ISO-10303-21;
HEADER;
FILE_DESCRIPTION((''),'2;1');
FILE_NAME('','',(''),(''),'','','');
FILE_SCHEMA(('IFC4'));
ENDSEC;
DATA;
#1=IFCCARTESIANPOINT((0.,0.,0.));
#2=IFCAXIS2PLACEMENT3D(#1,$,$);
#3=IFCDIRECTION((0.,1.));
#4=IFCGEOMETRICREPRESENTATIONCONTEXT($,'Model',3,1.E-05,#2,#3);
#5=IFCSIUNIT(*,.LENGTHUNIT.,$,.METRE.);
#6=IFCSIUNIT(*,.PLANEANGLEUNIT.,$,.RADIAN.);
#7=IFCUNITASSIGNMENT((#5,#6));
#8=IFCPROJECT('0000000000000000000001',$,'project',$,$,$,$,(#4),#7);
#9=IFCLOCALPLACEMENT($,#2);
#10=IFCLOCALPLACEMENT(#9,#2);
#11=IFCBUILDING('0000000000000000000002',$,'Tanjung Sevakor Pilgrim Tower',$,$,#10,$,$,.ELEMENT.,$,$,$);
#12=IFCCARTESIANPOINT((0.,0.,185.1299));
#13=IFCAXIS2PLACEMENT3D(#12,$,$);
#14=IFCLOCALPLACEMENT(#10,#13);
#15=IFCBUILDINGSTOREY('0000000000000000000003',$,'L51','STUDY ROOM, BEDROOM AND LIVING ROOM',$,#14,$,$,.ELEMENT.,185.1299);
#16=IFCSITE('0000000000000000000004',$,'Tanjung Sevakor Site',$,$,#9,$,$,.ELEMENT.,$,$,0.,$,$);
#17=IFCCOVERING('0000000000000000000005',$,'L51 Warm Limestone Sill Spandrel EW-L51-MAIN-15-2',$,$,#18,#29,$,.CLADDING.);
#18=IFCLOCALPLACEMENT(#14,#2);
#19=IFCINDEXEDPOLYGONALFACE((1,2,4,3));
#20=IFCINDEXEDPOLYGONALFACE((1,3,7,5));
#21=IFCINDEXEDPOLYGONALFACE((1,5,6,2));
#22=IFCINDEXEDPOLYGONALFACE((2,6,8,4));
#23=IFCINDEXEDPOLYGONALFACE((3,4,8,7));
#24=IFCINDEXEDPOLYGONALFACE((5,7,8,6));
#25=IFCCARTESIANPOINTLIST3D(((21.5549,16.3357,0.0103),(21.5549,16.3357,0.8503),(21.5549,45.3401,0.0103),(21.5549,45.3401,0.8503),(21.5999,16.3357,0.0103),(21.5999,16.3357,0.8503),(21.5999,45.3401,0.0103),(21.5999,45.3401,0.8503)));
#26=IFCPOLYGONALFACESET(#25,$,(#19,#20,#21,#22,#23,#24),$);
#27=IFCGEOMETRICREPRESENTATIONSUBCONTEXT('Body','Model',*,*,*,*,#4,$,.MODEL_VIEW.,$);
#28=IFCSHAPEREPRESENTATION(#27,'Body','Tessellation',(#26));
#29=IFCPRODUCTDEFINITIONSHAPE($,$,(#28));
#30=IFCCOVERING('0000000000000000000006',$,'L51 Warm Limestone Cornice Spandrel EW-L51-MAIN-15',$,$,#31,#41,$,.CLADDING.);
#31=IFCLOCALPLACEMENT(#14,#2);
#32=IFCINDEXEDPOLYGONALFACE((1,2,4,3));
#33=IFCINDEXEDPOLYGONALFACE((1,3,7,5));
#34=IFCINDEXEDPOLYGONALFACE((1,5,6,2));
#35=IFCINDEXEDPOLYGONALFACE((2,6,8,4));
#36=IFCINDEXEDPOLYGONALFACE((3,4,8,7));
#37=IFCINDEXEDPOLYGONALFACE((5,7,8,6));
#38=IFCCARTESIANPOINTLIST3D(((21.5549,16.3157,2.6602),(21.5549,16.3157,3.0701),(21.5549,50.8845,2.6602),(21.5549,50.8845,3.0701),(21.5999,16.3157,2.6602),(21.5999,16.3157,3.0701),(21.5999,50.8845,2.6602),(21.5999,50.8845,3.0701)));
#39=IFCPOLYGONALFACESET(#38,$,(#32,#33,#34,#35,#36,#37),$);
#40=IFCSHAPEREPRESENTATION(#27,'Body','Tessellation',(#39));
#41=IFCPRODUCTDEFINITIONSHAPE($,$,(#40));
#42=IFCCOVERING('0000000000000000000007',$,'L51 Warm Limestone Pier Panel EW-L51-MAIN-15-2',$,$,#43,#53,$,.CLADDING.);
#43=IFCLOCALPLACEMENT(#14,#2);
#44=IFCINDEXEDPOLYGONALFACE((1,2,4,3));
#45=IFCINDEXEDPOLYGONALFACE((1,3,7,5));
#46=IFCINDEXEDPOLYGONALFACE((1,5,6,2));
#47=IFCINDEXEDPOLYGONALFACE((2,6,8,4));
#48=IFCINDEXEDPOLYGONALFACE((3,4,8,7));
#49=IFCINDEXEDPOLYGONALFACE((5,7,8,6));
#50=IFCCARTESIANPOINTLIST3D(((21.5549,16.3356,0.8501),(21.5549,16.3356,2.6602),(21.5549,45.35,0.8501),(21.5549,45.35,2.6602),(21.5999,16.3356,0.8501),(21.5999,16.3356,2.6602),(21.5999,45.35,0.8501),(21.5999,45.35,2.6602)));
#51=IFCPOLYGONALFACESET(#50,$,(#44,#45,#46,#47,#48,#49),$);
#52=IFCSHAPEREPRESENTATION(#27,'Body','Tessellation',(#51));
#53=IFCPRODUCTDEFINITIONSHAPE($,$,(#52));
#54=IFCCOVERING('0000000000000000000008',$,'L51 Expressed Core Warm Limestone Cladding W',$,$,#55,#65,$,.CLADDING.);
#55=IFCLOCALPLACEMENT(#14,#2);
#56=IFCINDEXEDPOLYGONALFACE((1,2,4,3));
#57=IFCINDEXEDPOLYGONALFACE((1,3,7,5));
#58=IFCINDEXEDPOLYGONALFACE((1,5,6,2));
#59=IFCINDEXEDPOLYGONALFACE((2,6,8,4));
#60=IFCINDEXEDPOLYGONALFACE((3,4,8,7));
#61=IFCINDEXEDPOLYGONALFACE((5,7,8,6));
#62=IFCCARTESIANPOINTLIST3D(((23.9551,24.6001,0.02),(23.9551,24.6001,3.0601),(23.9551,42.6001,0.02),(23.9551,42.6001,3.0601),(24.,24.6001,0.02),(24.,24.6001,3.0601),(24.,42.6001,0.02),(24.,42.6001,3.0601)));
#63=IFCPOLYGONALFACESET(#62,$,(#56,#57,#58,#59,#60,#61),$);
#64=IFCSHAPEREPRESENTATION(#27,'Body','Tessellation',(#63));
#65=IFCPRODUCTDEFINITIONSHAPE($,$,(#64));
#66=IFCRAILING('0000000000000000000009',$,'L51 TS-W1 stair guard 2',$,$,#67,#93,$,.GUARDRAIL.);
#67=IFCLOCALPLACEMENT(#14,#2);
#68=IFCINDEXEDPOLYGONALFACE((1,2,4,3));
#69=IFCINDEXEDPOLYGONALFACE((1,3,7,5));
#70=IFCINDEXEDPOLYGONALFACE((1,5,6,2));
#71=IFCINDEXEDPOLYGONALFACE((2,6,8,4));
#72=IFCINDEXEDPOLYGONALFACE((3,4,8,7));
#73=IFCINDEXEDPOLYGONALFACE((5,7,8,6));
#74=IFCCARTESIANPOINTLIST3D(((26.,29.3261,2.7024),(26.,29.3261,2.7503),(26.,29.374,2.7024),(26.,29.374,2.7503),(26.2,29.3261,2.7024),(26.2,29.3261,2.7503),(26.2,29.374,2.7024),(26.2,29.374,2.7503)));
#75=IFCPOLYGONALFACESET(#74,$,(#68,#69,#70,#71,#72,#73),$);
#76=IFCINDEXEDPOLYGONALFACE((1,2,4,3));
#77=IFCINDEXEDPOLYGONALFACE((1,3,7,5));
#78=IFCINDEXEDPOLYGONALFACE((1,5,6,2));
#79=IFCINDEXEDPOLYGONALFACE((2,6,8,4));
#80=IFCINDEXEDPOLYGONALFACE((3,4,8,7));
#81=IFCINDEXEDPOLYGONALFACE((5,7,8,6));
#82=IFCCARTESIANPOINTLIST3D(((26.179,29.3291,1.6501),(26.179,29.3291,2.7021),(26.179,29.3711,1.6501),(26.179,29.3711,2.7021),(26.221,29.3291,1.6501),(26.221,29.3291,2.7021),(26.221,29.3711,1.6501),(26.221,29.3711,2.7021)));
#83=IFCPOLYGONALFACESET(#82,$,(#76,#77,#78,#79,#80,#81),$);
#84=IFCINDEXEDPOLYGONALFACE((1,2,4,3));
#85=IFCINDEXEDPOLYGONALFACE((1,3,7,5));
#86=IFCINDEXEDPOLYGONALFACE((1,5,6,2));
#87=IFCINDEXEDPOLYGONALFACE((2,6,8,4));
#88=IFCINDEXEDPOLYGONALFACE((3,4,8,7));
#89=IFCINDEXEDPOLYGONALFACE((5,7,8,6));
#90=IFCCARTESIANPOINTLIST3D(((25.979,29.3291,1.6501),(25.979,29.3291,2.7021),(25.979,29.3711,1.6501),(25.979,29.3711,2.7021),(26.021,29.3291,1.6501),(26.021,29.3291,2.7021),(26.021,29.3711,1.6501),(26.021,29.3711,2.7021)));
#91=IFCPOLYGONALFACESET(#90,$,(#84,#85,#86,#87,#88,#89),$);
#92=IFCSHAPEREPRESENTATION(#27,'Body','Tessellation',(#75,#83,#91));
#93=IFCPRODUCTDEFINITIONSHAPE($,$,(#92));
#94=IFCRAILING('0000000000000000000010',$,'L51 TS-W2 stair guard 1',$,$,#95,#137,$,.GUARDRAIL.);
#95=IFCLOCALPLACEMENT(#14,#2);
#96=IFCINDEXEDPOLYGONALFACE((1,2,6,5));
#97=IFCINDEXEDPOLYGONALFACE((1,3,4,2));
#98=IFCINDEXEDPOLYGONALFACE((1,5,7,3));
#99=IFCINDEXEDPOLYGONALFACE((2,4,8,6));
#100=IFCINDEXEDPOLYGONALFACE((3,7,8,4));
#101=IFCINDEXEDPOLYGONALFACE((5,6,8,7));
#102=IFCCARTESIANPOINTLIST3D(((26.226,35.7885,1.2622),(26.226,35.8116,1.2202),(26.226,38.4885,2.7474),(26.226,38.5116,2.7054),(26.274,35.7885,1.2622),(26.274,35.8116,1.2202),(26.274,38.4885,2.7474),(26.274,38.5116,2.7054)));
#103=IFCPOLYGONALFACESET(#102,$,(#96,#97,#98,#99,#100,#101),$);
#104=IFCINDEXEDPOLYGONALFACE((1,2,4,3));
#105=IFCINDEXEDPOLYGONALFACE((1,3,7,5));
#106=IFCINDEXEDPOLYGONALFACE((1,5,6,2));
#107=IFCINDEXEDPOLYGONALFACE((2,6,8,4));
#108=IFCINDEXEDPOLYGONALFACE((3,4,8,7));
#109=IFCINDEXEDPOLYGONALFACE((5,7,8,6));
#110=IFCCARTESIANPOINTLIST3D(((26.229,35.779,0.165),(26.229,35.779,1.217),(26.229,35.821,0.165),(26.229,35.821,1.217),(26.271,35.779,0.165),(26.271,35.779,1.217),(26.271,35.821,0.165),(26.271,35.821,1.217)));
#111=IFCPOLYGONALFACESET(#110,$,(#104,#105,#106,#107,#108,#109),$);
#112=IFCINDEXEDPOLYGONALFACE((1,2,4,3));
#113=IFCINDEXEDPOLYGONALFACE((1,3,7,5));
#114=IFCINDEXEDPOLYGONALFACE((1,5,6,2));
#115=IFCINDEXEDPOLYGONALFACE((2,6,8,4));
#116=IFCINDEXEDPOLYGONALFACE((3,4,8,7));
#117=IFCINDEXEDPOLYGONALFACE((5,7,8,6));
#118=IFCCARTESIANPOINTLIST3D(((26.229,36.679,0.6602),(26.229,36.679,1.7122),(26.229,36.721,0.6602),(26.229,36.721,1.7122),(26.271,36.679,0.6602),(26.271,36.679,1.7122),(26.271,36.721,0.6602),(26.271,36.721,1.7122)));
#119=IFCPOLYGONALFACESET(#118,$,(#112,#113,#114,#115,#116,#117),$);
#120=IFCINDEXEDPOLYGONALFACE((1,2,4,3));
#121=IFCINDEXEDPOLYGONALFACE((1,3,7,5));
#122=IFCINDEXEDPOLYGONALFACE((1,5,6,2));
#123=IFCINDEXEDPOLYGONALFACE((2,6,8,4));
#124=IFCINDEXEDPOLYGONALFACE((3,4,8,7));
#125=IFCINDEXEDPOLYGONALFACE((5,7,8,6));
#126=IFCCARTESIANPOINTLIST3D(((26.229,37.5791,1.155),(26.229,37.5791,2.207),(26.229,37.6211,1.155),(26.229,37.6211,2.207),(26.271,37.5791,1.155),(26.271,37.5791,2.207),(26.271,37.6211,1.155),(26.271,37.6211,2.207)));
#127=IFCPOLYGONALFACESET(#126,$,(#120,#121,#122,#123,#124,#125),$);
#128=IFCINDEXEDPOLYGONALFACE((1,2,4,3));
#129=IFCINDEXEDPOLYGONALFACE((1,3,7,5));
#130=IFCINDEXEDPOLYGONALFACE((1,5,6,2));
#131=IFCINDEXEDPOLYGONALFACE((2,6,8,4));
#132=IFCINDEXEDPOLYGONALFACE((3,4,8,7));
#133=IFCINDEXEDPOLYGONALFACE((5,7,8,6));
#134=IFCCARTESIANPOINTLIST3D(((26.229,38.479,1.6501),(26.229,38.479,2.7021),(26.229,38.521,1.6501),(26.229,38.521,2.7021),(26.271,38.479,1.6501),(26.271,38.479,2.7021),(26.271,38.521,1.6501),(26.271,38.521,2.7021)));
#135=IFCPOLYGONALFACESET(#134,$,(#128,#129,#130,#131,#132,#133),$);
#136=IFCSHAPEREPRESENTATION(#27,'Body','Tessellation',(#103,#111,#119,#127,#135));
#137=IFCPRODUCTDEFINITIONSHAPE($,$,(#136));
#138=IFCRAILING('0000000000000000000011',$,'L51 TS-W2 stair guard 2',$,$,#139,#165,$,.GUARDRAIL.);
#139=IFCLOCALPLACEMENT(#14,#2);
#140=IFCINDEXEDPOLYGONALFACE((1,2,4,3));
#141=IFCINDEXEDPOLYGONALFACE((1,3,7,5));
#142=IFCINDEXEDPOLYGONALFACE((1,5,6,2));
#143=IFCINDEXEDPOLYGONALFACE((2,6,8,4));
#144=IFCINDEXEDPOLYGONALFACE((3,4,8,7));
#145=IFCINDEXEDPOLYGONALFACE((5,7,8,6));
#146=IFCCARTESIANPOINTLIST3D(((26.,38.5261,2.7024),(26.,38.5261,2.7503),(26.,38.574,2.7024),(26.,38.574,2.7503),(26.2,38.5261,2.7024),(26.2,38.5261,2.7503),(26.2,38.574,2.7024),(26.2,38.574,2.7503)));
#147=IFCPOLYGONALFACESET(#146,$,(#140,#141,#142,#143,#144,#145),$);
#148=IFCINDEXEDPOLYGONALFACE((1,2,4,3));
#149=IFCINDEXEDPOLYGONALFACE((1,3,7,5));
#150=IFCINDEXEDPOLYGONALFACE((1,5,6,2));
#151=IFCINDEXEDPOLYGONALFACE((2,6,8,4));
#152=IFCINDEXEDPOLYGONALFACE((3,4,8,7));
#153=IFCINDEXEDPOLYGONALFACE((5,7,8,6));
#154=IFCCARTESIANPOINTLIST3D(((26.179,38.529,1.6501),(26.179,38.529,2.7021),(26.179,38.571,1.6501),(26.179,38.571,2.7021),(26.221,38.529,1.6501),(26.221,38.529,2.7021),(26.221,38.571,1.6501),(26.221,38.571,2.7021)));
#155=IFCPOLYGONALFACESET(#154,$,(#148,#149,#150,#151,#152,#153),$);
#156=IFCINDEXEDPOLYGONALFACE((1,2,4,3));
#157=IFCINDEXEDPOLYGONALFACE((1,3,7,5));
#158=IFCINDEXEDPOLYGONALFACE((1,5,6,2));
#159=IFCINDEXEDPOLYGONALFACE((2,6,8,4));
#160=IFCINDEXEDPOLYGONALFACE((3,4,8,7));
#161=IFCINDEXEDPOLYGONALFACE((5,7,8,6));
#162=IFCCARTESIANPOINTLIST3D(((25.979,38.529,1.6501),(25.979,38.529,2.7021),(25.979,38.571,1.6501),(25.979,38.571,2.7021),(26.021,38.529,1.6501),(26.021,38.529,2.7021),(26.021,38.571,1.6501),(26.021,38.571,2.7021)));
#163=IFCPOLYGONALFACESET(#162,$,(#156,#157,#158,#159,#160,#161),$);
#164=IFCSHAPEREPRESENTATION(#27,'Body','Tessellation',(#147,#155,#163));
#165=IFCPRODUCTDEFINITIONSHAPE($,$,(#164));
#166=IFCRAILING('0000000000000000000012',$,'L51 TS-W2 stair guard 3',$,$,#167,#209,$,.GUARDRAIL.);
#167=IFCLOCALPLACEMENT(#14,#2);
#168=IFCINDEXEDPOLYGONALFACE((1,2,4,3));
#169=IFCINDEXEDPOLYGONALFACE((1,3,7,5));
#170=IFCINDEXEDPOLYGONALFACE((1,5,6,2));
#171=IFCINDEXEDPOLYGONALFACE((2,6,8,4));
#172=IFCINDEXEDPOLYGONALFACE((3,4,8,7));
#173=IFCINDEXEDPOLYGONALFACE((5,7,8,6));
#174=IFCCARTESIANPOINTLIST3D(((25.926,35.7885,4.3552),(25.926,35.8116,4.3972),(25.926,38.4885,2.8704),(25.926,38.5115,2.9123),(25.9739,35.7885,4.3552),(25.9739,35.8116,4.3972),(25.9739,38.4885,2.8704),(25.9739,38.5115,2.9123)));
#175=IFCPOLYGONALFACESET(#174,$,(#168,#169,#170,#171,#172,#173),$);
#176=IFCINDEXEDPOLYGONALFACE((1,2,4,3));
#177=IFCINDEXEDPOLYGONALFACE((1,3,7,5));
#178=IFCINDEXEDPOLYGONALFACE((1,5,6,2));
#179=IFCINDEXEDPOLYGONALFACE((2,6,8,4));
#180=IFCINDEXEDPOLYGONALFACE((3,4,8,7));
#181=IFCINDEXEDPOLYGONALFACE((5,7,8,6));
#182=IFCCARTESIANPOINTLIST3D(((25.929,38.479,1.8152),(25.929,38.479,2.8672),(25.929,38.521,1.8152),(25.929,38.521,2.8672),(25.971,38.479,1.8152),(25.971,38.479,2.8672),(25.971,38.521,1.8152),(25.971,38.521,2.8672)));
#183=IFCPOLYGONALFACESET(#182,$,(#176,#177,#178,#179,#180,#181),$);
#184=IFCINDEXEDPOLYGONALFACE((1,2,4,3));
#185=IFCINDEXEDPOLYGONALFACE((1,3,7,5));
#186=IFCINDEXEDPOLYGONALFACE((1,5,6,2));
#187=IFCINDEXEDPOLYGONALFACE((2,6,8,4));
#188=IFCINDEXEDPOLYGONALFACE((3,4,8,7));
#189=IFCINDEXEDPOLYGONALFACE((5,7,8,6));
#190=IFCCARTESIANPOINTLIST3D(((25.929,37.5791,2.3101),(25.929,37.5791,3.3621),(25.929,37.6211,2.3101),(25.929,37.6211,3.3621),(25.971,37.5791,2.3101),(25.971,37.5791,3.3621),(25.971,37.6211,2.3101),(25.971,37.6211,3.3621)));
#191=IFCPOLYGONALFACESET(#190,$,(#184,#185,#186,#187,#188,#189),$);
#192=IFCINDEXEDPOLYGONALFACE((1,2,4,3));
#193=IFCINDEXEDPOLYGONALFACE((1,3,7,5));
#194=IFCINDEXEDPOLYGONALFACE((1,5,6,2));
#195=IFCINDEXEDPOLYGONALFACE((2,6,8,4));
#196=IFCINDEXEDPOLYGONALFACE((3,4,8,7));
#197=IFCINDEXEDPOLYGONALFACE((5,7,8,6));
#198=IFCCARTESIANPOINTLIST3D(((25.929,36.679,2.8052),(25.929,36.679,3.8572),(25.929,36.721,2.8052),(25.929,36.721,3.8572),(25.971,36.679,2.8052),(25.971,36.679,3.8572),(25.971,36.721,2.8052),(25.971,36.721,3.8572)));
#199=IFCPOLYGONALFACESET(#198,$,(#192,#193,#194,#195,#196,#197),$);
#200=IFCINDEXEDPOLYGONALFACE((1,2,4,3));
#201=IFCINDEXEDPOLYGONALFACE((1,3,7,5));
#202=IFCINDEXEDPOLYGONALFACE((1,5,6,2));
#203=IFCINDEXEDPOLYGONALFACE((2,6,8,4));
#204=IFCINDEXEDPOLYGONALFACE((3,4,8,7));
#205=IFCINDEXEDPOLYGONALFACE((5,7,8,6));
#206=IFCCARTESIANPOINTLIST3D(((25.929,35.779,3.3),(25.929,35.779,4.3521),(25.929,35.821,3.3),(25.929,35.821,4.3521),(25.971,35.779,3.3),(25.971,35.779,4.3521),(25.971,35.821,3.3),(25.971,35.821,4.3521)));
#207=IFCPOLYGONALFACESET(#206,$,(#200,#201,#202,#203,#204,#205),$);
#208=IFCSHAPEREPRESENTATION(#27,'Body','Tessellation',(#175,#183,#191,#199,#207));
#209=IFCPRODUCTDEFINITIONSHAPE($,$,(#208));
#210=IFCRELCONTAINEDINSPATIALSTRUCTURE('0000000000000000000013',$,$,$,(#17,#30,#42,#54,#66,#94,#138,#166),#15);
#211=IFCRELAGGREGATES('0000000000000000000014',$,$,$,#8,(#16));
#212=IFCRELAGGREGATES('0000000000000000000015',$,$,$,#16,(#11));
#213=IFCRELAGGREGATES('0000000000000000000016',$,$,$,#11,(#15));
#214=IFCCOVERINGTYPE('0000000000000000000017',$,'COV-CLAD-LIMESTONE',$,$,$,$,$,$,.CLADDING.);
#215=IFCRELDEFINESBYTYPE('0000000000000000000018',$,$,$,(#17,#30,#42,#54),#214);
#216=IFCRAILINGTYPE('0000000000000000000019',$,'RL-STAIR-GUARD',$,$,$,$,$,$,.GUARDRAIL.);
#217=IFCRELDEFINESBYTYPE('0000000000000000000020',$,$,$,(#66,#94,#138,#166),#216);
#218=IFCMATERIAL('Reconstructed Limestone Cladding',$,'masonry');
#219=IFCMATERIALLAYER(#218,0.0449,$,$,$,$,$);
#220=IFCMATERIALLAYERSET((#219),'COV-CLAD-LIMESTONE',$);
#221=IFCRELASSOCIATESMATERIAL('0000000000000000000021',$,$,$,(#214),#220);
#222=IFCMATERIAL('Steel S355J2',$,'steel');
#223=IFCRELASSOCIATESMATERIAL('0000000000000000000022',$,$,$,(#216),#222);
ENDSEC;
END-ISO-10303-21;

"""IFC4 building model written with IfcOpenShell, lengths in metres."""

from ifc_helpers import new_model, si_unit, direction, frame, origin, origin_2d, place, context, subcontext, project, spatial, rectangle, extrude, material, layer, layer_set, type_object, element, save


model = new_model("IFC4")

# Units and contexts
model_context = context("Model", 3, precision=1e-05, world=origin(), true_north=direction((0.0, 1.0)))
body_context = subcontext(model_context, "Body", "Model", "MODEL_VIEW")
ifc_project = project(units=[si_unit("LENGTHUNIT", "METRE"), si_unit("PLANEANGLEUNIT", "RADIAN")], contexts=[model_context])

# Site, building, storey
site_placement = place(None, origin())
site = spatial("IfcSite", under=ifc_project, at=site_placement, Name="Tanjung Sevakor Site", CompositionType="ELEMENT", RefElevation=0.0)
building_placement = place(site_placement, origin())
building = spatial("IfcBuilding", under=site, at=building_placement, Name="Tanjung Sevakor Pilgrim Tower", CompositionType="ELEMENT")
storey_placement = place(building_placement, frame((0.0, 0.0, 185.1299)))
storey = spatial("IfcBuildingStorey", under=building, at=storey_placement, Name="L51", Description="STUDY ROOM, BEDROOM AND LIVING ROOM", CompositionType="ELEMENT", Elevation=185.1299)

# Coverings
ifc_material_1 = material(Name="Reconstructed Limestone Cladding", Category="masonry")
ifc_layer_1 = layer(ifc_material_1, 0.0449)
ifc_layer_set_1 = layer_set([ifc_layer_1], Name="COV-CLAD-LIMESTONE")
covering_type = type_object("IfcCoveringType", Name="COV-CLAD-LIMESTONE", PredefinedType="CLADDING", material=ifc_layer_set_1)
covering_1_placement = place(storey_placement, frame((21.5774, 30.8379, 0.0103), z_axis=(0.0, 0.0, 1.0), x_axis=(0.0, -1.0, 0.0)))
element("IfcCovering", 1, at=covering_1_placement, inside=storey, type_object=covering_type, Name="L51 Warm Limestone Sill Spandrel EW-L51-MAIN-15-2", PredefinedType="CLADDING", context=body_context, shape_type="SweptSolid", body=[
    extrude(rectangle(XDim=29.0044, YDim=0.0449, at=origin_2d()), origin(), (0.0, 0.0, 1.0), 0.8401),
])
covering_2_placement = place(storey_placement, frame((21.5774, 33.6001, 2.6602), z_axis=(0.0, 0.0, 1.0), x_axis=(0.0, -1.0, 0.0)))
element("IfcCovering", 2, at=covering_2_placement, inside=storey, type_object=covering_type, Name="L51 Warm Limestone Cornice Spandrel EW-L51-MAIN-15", PredefinedType="CLADDING", context=body_context, shape_type="SweptSolid", body=[
    extrude(rectangle(XDim=34.5688, YDim=0.0449, at=origin_2d()), origin(), (0.0, 0.0, 1.0), 0.4099),
])
covering_3_placement = place(storey_placement, frame((21.5774, 30.8428, 0.8501), z_axis=(0.0, 0.0, 1.0), x_axis=(0.0, -1.0, 0.0)))
element("IfcCovering", 3, at=covering_3_placement, inside=storey, type_object=covering_type, Name="L51 Warm Limestone Pier Panel EW-L51-MAIN-15-2", PredefinedType="CLADDING", context=body_context, shape_type="SweptSolid", body=[
    extrude(rectangle(XDim=29.0144, YDim=0.0449, at=origin_2d()), origin(), (0.0, 0.0, 1.0), 1.8101),
])
covering_4_placement = place(storey_placement, frame((23.9775, 33.6001, 0.02), z_axis=(0.0, 0.0, 1.0), x_axis=(1.0, 0.0, 0.0)))
element("IfcCovering", 4, at=covering_4_placement, inside=storey, type_object=covering_type, Name="L51 Expressed Core Warm Limestone Cladding W", PredefinedType="CLADDING", context=body_context, shape_type="SweptSolid", body=[
    extrude(rectangle(XDim=0.0449, YDim=18.0, at=origin_2d()), origin(), (0.0, 0.0, 1.0), 3.04),
])

# Railings
ifc_material_2 = material(Name="Steel S355J2", Category="steel")
railing_type_1 = type_object("IfcRailingType", Name="RL-STAIR-GUARD", PredefinedType="GUARDRAIL", material=ifc_material_2)
railing_1_placement = place(storey_placement, frame((26.2, 29.3501, 1.6501)))
element("IfcRailing", 5, at=railing_1_placement, inside=storey, type_object=railing_type_1, Name="L51 TS-W1 stair guard 2", PredefinedType="GUARDRAIL", context=body_context, shape_type="SweptSolid", body=[
    extrude(rectangle(XDim=0.0479, YDim=0.0479), frame((0.0, 0.0, 1.0762), z_axis=(-1.0, 0.0, 0.0), x_axis=(0.0, -1.0, 0.0)), (0.0, 0.0, 1.0), 0.2),
    extrude(rectangle(XDim=0.042, YDim=0.042), origin(), (0.0, 0.0, 1.0), 1.052),
    extrude(rectangle(XDim=0.042, YDim=0.042), frame((-0.2, 0.0, 0.0)), (0.0, 0.0, 1.0), 1.052),
])
railing_2_placement = place(storey_placement, frame((26.25, 35.8, 0.165)))
element("IfcRailing", 6, at=railing_2_placement, inside=storey, type_object=railing_type_1, Name="L51 TS-W2 stair guard 1", PredefinedType="GUARDRAIL", context=body_context, shape_type="SweptSolid", body=[
    extrude(rectangle(XDim=0.0479, YDim=0.0479), frame((0.0, 0.0, 1.0762), z_axis=(0.0, 0.876198, 0.481952), x_axis=(-1.0, 0.0, 0.0)), (0.0, 0.0, 1.0), 3.0815),
    extrude(rectangle(XDim=0.042, YDim=0.042), origin(), (0.0, 0.0, 1.0), 1.052),
    extrude(rectangle(XDim=0.042, YDim=0.042), frame((0.0, 0.8999, 0.4951)), (0.0, 0.0, 1.0), 1.052),
    extrude(rectangle(XDim=0.042, YDim=0.042), frame((0.0, 1.8, 0.99)), (0.0, 0.0, 1.0), 1.052),
    extrude(rectangle(XDim=0.042, YDim=0.042), frame((0.0, 2.7, 1.4851)), (0.0, 0.0, 1.0), 1.052),
])
railing_3_placement = place(storey_placement, frame((26.2, 38.55, 1.6501)))
element("IfcRailing", 7, at=railing_3_placement, inside=storey, type_object=railing_type_1, Name="L51 TS-W2 stair guard 2", PredefinedType="GUARDRAIL", context=body_context, shape_type="SweptSolid", body=[
    extrude(rectangle(XDim=0.0479, YDim=0.0479), frame((0.0, 0.0, 1.0762), z_axis=(-1.0, 0.0, 0.0), x_axis=(0.0, -1.0, 0.0)), (0.0, 0.0, 1.0), 0.2),
    extrude(rectangle(XDim=0.042, YDim=0.042), origin(), (0.0, 0.0, 1.0), 1.052),
    extrude(rectangle(XDim=0.042, YDim=0.042), frame((-0.2, 0.0, 0.0)), (0.0, 0.0, 1.0), 1.052),
])
railing_4_placement = place(storey_placement, frame((25.95, 38.5, 1.8152)))
element("IfcRailing", 8, at=railing_4_placement, inside=storey, type_object=railing_type_1, Name="L51 TS-W2 stair guard 3", PredefinedType="GUARDRAIL", context=body_context, shape_type="SweptSolid", body=[
    extrude(rectangle(XDim=0.0479, YDim=0.0479), frame((0.0, 0.0, 1.0762), z_axis=(0.0, -0.876231, 0.481891), x_axis=(1.0, 0.0, 0.0)), (0.0, 0.0, 1.0), 3.0813),
    extrude(rectangle(XDim=0.042, YDim=0.042), origin(), (0.0, 0.0, 1.0), 1.052),
    extrude(rectangle(XDim=0.042, YDim=0.042), frame((0.0, -0.8999, 0.4949)), (0.0, 0.0, 1.0), 1.052),
    extrude(rectangle(XDim=0.042, YDim=0.042), frame((0.0, -1.8, 0.99)), (0.0, 0.0, 1.0), 1.052),
    extrude(rectangle(XDim=0.042, YDim=0.042), frame((0.0, -2.7, 1.4849)), (0.0, 0.0, 1.0), 1.052),
])

save(model, "model.ifc")
